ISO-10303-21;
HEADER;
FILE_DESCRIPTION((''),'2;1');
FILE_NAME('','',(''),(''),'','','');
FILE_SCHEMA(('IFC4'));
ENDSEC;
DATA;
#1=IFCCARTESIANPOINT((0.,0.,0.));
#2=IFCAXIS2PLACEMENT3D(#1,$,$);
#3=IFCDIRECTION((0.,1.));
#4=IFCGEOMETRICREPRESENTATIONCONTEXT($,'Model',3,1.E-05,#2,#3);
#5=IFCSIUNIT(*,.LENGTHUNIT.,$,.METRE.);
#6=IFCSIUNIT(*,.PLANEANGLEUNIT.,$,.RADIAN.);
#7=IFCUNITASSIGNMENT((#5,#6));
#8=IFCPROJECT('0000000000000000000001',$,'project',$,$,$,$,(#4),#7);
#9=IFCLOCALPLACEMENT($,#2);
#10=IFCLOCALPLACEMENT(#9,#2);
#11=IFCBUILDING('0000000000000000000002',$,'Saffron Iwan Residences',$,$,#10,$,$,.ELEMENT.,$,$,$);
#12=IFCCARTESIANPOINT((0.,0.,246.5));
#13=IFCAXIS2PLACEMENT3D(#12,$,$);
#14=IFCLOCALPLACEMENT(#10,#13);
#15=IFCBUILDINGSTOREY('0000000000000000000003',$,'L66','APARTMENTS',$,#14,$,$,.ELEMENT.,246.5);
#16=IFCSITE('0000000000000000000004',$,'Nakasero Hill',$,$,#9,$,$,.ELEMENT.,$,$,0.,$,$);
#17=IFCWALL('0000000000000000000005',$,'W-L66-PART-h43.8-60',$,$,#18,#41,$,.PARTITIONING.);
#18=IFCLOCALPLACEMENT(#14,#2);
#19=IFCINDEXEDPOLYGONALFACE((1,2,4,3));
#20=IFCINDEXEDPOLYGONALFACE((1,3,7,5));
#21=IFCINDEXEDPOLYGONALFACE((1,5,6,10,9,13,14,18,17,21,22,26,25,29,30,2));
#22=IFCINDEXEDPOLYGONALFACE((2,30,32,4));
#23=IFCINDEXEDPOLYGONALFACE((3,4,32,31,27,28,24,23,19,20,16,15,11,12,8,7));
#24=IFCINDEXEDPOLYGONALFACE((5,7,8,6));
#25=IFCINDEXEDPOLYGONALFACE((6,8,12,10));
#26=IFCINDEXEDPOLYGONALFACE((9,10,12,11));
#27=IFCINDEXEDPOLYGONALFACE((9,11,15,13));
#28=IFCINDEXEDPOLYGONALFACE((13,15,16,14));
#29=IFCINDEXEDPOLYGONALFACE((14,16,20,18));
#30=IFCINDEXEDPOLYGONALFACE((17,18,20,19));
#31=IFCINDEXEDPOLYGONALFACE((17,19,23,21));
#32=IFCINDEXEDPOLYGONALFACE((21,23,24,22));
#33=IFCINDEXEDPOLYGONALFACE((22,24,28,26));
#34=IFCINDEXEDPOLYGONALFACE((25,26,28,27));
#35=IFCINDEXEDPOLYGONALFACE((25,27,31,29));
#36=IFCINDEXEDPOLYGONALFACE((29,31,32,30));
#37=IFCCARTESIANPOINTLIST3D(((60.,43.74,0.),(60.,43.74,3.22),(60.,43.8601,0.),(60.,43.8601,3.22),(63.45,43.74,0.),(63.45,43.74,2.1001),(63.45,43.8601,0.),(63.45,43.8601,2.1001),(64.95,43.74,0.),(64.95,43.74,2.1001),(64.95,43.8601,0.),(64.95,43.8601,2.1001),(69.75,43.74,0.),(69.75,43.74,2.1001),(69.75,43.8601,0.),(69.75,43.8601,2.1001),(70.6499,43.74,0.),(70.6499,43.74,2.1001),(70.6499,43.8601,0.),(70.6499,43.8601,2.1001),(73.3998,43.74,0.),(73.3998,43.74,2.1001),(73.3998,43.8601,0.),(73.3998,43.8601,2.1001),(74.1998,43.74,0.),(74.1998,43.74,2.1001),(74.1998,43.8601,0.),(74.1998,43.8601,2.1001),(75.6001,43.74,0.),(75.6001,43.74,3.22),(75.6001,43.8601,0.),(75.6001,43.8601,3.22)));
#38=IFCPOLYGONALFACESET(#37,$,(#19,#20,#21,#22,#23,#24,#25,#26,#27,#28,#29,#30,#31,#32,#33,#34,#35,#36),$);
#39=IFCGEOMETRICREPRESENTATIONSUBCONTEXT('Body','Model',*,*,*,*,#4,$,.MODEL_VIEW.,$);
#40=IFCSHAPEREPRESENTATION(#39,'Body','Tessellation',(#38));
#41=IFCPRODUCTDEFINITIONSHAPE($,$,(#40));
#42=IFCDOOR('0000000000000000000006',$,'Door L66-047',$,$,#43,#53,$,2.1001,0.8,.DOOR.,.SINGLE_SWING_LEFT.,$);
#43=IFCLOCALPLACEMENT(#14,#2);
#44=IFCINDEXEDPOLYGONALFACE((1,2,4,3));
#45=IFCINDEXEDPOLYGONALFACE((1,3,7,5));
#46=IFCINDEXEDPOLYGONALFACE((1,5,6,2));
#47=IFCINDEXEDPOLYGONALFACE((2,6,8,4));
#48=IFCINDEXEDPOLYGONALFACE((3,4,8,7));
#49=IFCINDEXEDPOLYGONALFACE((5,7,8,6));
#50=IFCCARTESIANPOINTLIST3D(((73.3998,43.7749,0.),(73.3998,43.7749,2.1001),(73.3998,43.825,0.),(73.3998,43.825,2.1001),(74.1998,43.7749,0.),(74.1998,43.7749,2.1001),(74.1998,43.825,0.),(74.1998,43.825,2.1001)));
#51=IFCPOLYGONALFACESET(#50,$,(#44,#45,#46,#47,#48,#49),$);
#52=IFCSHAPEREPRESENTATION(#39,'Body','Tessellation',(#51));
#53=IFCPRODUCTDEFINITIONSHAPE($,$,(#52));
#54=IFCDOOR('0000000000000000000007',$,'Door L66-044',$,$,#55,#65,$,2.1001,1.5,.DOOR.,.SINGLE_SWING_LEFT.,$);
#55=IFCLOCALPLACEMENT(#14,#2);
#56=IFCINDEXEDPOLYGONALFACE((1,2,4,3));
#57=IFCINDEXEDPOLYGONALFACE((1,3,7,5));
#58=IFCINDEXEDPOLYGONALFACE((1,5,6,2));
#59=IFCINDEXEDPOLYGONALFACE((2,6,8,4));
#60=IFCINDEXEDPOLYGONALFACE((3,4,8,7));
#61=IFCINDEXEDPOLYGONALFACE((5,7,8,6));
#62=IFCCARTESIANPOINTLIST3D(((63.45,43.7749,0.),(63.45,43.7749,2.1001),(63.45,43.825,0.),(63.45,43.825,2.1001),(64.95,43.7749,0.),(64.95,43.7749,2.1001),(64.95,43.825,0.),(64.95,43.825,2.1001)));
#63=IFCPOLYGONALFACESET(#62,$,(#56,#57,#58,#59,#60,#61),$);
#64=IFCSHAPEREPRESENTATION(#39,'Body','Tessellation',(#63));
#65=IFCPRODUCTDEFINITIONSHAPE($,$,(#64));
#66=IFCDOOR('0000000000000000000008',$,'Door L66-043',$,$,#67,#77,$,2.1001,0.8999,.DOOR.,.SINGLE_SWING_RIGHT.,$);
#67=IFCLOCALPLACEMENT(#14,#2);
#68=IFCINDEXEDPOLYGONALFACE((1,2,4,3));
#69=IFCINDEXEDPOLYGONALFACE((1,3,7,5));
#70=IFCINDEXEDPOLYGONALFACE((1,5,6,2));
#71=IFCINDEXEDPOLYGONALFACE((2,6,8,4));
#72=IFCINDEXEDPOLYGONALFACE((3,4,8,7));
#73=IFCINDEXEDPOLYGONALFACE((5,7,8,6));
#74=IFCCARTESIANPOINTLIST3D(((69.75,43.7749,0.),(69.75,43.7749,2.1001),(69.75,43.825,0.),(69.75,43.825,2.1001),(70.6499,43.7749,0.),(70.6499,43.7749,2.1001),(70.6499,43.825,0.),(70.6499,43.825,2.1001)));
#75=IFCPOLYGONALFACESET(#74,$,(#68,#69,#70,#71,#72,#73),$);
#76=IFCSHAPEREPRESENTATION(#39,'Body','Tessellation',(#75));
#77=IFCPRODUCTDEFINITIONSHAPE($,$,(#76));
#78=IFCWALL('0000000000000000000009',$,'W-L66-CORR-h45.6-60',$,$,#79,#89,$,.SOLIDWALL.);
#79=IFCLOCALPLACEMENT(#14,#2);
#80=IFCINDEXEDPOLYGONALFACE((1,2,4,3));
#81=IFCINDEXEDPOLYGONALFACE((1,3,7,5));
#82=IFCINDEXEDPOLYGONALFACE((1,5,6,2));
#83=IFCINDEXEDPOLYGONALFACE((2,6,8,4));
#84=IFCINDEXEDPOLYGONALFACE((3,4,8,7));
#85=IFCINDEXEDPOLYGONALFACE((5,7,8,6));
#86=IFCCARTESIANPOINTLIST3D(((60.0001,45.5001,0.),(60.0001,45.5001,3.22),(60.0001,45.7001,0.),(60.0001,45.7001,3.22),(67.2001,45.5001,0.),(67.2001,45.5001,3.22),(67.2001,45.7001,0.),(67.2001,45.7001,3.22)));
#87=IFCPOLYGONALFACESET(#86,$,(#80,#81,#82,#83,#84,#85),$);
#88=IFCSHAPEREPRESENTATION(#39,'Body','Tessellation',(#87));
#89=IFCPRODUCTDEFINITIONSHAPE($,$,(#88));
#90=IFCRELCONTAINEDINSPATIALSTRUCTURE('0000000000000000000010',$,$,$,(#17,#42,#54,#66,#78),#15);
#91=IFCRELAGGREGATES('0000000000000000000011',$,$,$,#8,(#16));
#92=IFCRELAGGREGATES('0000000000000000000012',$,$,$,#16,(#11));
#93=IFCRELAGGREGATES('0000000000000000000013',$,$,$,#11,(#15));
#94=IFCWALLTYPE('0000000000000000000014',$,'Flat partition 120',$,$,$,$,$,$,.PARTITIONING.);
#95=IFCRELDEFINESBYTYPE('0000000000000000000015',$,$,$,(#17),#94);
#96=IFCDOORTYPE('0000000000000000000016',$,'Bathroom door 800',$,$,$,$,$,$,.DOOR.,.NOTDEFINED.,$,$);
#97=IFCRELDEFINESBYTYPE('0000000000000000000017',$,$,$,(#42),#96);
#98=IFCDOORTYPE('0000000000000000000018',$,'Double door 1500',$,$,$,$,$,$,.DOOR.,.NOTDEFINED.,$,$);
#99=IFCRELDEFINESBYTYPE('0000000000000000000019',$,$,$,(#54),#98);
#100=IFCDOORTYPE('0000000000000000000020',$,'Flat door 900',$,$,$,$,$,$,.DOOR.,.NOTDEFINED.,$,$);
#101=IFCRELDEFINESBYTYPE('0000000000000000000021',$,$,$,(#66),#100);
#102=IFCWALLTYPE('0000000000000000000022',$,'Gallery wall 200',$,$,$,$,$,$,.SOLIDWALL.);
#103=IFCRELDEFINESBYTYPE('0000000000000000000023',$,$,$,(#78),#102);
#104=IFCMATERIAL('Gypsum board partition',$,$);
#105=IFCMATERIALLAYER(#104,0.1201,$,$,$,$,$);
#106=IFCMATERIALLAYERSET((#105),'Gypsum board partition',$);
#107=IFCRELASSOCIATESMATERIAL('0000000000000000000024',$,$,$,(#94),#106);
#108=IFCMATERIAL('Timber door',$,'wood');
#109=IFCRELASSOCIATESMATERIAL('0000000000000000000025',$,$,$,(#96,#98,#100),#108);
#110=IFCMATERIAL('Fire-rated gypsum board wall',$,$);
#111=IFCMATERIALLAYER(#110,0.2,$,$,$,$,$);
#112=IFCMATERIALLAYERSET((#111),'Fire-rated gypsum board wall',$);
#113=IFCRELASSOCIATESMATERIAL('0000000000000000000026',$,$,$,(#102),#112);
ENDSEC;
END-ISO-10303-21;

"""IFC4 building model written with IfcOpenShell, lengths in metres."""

from ifc_helpers import new_model, si_unit, direction, frame, frame_2d, origin, place, context, subcontext, project, spatial, rectangle, extrude, material, layer, layer_set, type_object, element, fill, save


model = new_model("IFC4")

# Units and contexts
model_context = context("Model", 3, precision=1e-05, world=origin(), true_north=direction((0.0, 1.0)))
body_context = subcontext(model_context, "Body", "Model", "MODEL_VIEW")
ifc_project = project(units=[si_unit("LENGTHUNIT", "METRE"), si_unit("PLANEANGLEUNIT", "RADIAN")], contexts=[model_context])

# Site, building, storey
site_placement = place(None, origin())
site = spatial("IfcSite", under=ifc_project, at=site_placement, Name="Nakasero Hill", CompositionType="ELEMENT", RefElevation=0.0)
building_placement = place(site_placement, origin())
building = spatial("IfcBuilding", under=site, at=building_placement, Name="Saffron Iwan Residences", CompositionType="ELEMENT")
storey_placement = place(building_placement, frame((0.0, 0.0, 246.5)))
storey = spatial("IfcBuildingStorey", under=building, at=storey_placement, Name="L66", Description="APARTMENTS", CompositionType="ELEMENT", Elevation=246.5)

# Wall, openings, doors
ifc_material_1 = material(Name="Gypsum board partition")
ifc_layer_1 = layer(ifc_material_1, 0.1201)
ifc_layer_set_1 = layer_set([ifc_layer_1], Name="Gypsum board partition")
wall_type_1 = type_object("IfcWallType", Name="Flat partition 120", PredefinedType="PARTITIONING", material=ifc_layer_set_1)
wall_1_placement = place(storey_placement, frame((60.0, 43.8, 0.0), z_axis=(0.0, 0.0, 1.0), x_axis=(1.0, 0.0, 0.0)))
wall_1 = element("IfcWall", 1, at=wall_1_placement, inside=storey, type_object=wall_type_1, Name="W-L66-PART-h43.8-60", PredefinedType="PARTITIONING", context=body_context, shape_type="SweptSolid", body=[
    extrude(rectangle(XDim=15.6001, YDim=0.1201, at=frame_2d((7.8, 0.0))), origin(), (0.0, 0.0, 1.0), 3.22),
])
opening_1_placement = place(wall_1_placement, frame((9.75, 0.0, 0.0)))
opening_1 = element("IfcOpeningElement", 2, at=opening_1_placement, cuts=wall_1, PredefinedType="OPENING", context=body_context, shape_type="SweptSolid", body=[
    extrude(rectangle(XDim=0.8999, YDim=2.1001, at=frame_2d((0.45, 1.05))), frame((0.0, 0.0701, 0.0), z_axis=(0.0, -1.0, 0.0), x_axis=(1.0, 0.0, 0.0)), (0.0, 0.0, 1.0), 0.1401),
])
opening_2_placement = place(wall_1_placement, frame((3.45, 0.0, 0.0)))
opening_2 = element("IfcOpeningElement", 3, at=opening_2_placement, cuts=wall_1, PredefinedType="OPENING", context=body_context, shape_type="SweptSolid", body=[
    extrude(rectangle(XDim=1.5, YDim=2.1001, at=frame_2d((0.75, 1.05))), frame((0.0, 0.0701, 0.0), z_axis=(0.0, -1.0, 0.0), x_axis=(1.0, 0.0, 0.0)), (0.0, 0.0, 1.0), 0.1401),
])
opening_3_placement = place(wall_1_placement, frame((13.3999, 0.0, 0.0)))
opening_3 = element("IfcOpeningElement", 4, at=opening_3_placement, cuts=wall_1, PredefinedType="OPENING", context=body_context, shape_type="SweptSolid", body=[
    extrude(rectangle(XDim=0.8, YDim=2.1001, at=frame_2d((0.3999, 1.05))), frame((0.0, 0.0701, 0.0), z_axis=(0.0, -1.0, 0.0), x_axis=(1.0, 0.0, 0.0)), (0.0, 0.0, 1.0), 0.1401),
])
ifc_material_2 = material(Name="Timber door", Category="wood")
door_type_1 = type_object("IfcDoorType", Name="Bathroom door 800", OperationType="NOTDEFINED", PredefinedType="DOOR", material=ifc_material_2)
door_1_placement = place(opening_3_placement, origin())
door_1 = element("IfcDoor", 5, at=door_1_placement, inside=storey, type_object=door_type_1, Name="Door L66-047", OperationType="SINGLE_SWING_LEFT", OverallHeight=2.1001, OverallWidth=0.8, PredefinedType="DOOR", context=body_context, shape_type="SweptSolid", body=[
    extrude(rectangle(XDim=0.8, YDim=2.1001, at=frame_2d((0.3999, 1.05))), frame((0.0, 0.0249, 0.0), z_axis=(0.0, -1.0, 0.0), x_axis=(1.0, 0.0, 0.0)), (0.0, 0.0, 1.0), 0.05),
])
fill(opening_3, door_1)
door_type_2 = type_object("IfcDoorType", Name="Double door 1500", OperationType="NOTDEFINED", PredefinedType="DOOR", material=ifc_material_2)
door_2_placement = place(opening_2_placement, origin())
door_2 = element("IfcDoor", 6, at=door_2_placement, inside=storey, type_object=door_type_2, Name="Door L66-044", OperationType="SINGLE_SWING_LEFT", OverallHeight=2.1001, OverallWidth=1.5, PredefinedType="DOOR", context=body_context, shape_type="SweptSolid", body=[
    extrude(rectangle(XDim=1.5, YDim=2.1001, at=frame_2d((0.75, 1.05))), frame((0.0, 0.0249, 0.0), z_axis=(0.0, -1.0, 0.0), x_axis=(1.0, 0.0, 0.0)), (0.0, 0.0, 1.0), 0.05),
])
fill(opening_2, door_2)
door_type_3 = type_object("IfcDoorType", Name="Flat door 900", OperationType="NOTDEFINED", PredefinedType="DOOR", material=ifc_material_2)
door_3_placement = place(opening_1_placement, origin())
door_3 = element("IfcDoor", 7, at=door_3_placement, inside=storey, type_object=door_type_3, Name="Door L66-043", OperationType="SINGLE_SWING_RIGHT", OverallHeight=2.1001, OverallWidth=0.8999, PredefinedType="DOOR", context=body_context, shape_type="SweptSolid", body=[
    extrude(rectangle(XDim=0.8999, YDim=2.1001, at=frame_2d((0.45, 1.05))), frame((0.0, 0.0249, 0.0), z_axis=(0.0, -1.0, 0.0), x_axis=(1.0, 0.0, 0.0)), (0.0, 0.0, 1.0), 0.05),
])
fill(opening_1, door_3)

# Wall
ifc_material_3 = material(Name="Fire-rated gypsum board wall")
ifc_layer_2 = layer(ifc_material_3, 0.2)
ifc_layer_set_2 = layer_set([ifc_layer_2], Name="Fire-rated gypsum board wall")
wall_type_2 = type_object("IfcWallType", Name="Gallery wall 200", PredefinedType="SOLIDWALL", material=ifc_layer_set_2)
wall_2_placement = place(storey_placement, frame((60.0, 45.6001, 0.0), z_axis=(0.0, 0.0, 1.0), x_axis=(1.0, 0.0, 0.0)))
element("IfcWall", 8, at=wall_2_placement, inside=storey, type_object=wall_type_2, Name="W-L66-CORR-h45.6-60", PredefinedType="SOLIDWALL", context=body_context, shape_type="SweptSolid", body=[
    extrude(rectangle(XDim=7.2, YDim=0.2, at=frame_2d((3.6001, 0.0))), origin(), (0.0, 0.0, 1.0), 3.22),
])

save(model, "model.ifc")
